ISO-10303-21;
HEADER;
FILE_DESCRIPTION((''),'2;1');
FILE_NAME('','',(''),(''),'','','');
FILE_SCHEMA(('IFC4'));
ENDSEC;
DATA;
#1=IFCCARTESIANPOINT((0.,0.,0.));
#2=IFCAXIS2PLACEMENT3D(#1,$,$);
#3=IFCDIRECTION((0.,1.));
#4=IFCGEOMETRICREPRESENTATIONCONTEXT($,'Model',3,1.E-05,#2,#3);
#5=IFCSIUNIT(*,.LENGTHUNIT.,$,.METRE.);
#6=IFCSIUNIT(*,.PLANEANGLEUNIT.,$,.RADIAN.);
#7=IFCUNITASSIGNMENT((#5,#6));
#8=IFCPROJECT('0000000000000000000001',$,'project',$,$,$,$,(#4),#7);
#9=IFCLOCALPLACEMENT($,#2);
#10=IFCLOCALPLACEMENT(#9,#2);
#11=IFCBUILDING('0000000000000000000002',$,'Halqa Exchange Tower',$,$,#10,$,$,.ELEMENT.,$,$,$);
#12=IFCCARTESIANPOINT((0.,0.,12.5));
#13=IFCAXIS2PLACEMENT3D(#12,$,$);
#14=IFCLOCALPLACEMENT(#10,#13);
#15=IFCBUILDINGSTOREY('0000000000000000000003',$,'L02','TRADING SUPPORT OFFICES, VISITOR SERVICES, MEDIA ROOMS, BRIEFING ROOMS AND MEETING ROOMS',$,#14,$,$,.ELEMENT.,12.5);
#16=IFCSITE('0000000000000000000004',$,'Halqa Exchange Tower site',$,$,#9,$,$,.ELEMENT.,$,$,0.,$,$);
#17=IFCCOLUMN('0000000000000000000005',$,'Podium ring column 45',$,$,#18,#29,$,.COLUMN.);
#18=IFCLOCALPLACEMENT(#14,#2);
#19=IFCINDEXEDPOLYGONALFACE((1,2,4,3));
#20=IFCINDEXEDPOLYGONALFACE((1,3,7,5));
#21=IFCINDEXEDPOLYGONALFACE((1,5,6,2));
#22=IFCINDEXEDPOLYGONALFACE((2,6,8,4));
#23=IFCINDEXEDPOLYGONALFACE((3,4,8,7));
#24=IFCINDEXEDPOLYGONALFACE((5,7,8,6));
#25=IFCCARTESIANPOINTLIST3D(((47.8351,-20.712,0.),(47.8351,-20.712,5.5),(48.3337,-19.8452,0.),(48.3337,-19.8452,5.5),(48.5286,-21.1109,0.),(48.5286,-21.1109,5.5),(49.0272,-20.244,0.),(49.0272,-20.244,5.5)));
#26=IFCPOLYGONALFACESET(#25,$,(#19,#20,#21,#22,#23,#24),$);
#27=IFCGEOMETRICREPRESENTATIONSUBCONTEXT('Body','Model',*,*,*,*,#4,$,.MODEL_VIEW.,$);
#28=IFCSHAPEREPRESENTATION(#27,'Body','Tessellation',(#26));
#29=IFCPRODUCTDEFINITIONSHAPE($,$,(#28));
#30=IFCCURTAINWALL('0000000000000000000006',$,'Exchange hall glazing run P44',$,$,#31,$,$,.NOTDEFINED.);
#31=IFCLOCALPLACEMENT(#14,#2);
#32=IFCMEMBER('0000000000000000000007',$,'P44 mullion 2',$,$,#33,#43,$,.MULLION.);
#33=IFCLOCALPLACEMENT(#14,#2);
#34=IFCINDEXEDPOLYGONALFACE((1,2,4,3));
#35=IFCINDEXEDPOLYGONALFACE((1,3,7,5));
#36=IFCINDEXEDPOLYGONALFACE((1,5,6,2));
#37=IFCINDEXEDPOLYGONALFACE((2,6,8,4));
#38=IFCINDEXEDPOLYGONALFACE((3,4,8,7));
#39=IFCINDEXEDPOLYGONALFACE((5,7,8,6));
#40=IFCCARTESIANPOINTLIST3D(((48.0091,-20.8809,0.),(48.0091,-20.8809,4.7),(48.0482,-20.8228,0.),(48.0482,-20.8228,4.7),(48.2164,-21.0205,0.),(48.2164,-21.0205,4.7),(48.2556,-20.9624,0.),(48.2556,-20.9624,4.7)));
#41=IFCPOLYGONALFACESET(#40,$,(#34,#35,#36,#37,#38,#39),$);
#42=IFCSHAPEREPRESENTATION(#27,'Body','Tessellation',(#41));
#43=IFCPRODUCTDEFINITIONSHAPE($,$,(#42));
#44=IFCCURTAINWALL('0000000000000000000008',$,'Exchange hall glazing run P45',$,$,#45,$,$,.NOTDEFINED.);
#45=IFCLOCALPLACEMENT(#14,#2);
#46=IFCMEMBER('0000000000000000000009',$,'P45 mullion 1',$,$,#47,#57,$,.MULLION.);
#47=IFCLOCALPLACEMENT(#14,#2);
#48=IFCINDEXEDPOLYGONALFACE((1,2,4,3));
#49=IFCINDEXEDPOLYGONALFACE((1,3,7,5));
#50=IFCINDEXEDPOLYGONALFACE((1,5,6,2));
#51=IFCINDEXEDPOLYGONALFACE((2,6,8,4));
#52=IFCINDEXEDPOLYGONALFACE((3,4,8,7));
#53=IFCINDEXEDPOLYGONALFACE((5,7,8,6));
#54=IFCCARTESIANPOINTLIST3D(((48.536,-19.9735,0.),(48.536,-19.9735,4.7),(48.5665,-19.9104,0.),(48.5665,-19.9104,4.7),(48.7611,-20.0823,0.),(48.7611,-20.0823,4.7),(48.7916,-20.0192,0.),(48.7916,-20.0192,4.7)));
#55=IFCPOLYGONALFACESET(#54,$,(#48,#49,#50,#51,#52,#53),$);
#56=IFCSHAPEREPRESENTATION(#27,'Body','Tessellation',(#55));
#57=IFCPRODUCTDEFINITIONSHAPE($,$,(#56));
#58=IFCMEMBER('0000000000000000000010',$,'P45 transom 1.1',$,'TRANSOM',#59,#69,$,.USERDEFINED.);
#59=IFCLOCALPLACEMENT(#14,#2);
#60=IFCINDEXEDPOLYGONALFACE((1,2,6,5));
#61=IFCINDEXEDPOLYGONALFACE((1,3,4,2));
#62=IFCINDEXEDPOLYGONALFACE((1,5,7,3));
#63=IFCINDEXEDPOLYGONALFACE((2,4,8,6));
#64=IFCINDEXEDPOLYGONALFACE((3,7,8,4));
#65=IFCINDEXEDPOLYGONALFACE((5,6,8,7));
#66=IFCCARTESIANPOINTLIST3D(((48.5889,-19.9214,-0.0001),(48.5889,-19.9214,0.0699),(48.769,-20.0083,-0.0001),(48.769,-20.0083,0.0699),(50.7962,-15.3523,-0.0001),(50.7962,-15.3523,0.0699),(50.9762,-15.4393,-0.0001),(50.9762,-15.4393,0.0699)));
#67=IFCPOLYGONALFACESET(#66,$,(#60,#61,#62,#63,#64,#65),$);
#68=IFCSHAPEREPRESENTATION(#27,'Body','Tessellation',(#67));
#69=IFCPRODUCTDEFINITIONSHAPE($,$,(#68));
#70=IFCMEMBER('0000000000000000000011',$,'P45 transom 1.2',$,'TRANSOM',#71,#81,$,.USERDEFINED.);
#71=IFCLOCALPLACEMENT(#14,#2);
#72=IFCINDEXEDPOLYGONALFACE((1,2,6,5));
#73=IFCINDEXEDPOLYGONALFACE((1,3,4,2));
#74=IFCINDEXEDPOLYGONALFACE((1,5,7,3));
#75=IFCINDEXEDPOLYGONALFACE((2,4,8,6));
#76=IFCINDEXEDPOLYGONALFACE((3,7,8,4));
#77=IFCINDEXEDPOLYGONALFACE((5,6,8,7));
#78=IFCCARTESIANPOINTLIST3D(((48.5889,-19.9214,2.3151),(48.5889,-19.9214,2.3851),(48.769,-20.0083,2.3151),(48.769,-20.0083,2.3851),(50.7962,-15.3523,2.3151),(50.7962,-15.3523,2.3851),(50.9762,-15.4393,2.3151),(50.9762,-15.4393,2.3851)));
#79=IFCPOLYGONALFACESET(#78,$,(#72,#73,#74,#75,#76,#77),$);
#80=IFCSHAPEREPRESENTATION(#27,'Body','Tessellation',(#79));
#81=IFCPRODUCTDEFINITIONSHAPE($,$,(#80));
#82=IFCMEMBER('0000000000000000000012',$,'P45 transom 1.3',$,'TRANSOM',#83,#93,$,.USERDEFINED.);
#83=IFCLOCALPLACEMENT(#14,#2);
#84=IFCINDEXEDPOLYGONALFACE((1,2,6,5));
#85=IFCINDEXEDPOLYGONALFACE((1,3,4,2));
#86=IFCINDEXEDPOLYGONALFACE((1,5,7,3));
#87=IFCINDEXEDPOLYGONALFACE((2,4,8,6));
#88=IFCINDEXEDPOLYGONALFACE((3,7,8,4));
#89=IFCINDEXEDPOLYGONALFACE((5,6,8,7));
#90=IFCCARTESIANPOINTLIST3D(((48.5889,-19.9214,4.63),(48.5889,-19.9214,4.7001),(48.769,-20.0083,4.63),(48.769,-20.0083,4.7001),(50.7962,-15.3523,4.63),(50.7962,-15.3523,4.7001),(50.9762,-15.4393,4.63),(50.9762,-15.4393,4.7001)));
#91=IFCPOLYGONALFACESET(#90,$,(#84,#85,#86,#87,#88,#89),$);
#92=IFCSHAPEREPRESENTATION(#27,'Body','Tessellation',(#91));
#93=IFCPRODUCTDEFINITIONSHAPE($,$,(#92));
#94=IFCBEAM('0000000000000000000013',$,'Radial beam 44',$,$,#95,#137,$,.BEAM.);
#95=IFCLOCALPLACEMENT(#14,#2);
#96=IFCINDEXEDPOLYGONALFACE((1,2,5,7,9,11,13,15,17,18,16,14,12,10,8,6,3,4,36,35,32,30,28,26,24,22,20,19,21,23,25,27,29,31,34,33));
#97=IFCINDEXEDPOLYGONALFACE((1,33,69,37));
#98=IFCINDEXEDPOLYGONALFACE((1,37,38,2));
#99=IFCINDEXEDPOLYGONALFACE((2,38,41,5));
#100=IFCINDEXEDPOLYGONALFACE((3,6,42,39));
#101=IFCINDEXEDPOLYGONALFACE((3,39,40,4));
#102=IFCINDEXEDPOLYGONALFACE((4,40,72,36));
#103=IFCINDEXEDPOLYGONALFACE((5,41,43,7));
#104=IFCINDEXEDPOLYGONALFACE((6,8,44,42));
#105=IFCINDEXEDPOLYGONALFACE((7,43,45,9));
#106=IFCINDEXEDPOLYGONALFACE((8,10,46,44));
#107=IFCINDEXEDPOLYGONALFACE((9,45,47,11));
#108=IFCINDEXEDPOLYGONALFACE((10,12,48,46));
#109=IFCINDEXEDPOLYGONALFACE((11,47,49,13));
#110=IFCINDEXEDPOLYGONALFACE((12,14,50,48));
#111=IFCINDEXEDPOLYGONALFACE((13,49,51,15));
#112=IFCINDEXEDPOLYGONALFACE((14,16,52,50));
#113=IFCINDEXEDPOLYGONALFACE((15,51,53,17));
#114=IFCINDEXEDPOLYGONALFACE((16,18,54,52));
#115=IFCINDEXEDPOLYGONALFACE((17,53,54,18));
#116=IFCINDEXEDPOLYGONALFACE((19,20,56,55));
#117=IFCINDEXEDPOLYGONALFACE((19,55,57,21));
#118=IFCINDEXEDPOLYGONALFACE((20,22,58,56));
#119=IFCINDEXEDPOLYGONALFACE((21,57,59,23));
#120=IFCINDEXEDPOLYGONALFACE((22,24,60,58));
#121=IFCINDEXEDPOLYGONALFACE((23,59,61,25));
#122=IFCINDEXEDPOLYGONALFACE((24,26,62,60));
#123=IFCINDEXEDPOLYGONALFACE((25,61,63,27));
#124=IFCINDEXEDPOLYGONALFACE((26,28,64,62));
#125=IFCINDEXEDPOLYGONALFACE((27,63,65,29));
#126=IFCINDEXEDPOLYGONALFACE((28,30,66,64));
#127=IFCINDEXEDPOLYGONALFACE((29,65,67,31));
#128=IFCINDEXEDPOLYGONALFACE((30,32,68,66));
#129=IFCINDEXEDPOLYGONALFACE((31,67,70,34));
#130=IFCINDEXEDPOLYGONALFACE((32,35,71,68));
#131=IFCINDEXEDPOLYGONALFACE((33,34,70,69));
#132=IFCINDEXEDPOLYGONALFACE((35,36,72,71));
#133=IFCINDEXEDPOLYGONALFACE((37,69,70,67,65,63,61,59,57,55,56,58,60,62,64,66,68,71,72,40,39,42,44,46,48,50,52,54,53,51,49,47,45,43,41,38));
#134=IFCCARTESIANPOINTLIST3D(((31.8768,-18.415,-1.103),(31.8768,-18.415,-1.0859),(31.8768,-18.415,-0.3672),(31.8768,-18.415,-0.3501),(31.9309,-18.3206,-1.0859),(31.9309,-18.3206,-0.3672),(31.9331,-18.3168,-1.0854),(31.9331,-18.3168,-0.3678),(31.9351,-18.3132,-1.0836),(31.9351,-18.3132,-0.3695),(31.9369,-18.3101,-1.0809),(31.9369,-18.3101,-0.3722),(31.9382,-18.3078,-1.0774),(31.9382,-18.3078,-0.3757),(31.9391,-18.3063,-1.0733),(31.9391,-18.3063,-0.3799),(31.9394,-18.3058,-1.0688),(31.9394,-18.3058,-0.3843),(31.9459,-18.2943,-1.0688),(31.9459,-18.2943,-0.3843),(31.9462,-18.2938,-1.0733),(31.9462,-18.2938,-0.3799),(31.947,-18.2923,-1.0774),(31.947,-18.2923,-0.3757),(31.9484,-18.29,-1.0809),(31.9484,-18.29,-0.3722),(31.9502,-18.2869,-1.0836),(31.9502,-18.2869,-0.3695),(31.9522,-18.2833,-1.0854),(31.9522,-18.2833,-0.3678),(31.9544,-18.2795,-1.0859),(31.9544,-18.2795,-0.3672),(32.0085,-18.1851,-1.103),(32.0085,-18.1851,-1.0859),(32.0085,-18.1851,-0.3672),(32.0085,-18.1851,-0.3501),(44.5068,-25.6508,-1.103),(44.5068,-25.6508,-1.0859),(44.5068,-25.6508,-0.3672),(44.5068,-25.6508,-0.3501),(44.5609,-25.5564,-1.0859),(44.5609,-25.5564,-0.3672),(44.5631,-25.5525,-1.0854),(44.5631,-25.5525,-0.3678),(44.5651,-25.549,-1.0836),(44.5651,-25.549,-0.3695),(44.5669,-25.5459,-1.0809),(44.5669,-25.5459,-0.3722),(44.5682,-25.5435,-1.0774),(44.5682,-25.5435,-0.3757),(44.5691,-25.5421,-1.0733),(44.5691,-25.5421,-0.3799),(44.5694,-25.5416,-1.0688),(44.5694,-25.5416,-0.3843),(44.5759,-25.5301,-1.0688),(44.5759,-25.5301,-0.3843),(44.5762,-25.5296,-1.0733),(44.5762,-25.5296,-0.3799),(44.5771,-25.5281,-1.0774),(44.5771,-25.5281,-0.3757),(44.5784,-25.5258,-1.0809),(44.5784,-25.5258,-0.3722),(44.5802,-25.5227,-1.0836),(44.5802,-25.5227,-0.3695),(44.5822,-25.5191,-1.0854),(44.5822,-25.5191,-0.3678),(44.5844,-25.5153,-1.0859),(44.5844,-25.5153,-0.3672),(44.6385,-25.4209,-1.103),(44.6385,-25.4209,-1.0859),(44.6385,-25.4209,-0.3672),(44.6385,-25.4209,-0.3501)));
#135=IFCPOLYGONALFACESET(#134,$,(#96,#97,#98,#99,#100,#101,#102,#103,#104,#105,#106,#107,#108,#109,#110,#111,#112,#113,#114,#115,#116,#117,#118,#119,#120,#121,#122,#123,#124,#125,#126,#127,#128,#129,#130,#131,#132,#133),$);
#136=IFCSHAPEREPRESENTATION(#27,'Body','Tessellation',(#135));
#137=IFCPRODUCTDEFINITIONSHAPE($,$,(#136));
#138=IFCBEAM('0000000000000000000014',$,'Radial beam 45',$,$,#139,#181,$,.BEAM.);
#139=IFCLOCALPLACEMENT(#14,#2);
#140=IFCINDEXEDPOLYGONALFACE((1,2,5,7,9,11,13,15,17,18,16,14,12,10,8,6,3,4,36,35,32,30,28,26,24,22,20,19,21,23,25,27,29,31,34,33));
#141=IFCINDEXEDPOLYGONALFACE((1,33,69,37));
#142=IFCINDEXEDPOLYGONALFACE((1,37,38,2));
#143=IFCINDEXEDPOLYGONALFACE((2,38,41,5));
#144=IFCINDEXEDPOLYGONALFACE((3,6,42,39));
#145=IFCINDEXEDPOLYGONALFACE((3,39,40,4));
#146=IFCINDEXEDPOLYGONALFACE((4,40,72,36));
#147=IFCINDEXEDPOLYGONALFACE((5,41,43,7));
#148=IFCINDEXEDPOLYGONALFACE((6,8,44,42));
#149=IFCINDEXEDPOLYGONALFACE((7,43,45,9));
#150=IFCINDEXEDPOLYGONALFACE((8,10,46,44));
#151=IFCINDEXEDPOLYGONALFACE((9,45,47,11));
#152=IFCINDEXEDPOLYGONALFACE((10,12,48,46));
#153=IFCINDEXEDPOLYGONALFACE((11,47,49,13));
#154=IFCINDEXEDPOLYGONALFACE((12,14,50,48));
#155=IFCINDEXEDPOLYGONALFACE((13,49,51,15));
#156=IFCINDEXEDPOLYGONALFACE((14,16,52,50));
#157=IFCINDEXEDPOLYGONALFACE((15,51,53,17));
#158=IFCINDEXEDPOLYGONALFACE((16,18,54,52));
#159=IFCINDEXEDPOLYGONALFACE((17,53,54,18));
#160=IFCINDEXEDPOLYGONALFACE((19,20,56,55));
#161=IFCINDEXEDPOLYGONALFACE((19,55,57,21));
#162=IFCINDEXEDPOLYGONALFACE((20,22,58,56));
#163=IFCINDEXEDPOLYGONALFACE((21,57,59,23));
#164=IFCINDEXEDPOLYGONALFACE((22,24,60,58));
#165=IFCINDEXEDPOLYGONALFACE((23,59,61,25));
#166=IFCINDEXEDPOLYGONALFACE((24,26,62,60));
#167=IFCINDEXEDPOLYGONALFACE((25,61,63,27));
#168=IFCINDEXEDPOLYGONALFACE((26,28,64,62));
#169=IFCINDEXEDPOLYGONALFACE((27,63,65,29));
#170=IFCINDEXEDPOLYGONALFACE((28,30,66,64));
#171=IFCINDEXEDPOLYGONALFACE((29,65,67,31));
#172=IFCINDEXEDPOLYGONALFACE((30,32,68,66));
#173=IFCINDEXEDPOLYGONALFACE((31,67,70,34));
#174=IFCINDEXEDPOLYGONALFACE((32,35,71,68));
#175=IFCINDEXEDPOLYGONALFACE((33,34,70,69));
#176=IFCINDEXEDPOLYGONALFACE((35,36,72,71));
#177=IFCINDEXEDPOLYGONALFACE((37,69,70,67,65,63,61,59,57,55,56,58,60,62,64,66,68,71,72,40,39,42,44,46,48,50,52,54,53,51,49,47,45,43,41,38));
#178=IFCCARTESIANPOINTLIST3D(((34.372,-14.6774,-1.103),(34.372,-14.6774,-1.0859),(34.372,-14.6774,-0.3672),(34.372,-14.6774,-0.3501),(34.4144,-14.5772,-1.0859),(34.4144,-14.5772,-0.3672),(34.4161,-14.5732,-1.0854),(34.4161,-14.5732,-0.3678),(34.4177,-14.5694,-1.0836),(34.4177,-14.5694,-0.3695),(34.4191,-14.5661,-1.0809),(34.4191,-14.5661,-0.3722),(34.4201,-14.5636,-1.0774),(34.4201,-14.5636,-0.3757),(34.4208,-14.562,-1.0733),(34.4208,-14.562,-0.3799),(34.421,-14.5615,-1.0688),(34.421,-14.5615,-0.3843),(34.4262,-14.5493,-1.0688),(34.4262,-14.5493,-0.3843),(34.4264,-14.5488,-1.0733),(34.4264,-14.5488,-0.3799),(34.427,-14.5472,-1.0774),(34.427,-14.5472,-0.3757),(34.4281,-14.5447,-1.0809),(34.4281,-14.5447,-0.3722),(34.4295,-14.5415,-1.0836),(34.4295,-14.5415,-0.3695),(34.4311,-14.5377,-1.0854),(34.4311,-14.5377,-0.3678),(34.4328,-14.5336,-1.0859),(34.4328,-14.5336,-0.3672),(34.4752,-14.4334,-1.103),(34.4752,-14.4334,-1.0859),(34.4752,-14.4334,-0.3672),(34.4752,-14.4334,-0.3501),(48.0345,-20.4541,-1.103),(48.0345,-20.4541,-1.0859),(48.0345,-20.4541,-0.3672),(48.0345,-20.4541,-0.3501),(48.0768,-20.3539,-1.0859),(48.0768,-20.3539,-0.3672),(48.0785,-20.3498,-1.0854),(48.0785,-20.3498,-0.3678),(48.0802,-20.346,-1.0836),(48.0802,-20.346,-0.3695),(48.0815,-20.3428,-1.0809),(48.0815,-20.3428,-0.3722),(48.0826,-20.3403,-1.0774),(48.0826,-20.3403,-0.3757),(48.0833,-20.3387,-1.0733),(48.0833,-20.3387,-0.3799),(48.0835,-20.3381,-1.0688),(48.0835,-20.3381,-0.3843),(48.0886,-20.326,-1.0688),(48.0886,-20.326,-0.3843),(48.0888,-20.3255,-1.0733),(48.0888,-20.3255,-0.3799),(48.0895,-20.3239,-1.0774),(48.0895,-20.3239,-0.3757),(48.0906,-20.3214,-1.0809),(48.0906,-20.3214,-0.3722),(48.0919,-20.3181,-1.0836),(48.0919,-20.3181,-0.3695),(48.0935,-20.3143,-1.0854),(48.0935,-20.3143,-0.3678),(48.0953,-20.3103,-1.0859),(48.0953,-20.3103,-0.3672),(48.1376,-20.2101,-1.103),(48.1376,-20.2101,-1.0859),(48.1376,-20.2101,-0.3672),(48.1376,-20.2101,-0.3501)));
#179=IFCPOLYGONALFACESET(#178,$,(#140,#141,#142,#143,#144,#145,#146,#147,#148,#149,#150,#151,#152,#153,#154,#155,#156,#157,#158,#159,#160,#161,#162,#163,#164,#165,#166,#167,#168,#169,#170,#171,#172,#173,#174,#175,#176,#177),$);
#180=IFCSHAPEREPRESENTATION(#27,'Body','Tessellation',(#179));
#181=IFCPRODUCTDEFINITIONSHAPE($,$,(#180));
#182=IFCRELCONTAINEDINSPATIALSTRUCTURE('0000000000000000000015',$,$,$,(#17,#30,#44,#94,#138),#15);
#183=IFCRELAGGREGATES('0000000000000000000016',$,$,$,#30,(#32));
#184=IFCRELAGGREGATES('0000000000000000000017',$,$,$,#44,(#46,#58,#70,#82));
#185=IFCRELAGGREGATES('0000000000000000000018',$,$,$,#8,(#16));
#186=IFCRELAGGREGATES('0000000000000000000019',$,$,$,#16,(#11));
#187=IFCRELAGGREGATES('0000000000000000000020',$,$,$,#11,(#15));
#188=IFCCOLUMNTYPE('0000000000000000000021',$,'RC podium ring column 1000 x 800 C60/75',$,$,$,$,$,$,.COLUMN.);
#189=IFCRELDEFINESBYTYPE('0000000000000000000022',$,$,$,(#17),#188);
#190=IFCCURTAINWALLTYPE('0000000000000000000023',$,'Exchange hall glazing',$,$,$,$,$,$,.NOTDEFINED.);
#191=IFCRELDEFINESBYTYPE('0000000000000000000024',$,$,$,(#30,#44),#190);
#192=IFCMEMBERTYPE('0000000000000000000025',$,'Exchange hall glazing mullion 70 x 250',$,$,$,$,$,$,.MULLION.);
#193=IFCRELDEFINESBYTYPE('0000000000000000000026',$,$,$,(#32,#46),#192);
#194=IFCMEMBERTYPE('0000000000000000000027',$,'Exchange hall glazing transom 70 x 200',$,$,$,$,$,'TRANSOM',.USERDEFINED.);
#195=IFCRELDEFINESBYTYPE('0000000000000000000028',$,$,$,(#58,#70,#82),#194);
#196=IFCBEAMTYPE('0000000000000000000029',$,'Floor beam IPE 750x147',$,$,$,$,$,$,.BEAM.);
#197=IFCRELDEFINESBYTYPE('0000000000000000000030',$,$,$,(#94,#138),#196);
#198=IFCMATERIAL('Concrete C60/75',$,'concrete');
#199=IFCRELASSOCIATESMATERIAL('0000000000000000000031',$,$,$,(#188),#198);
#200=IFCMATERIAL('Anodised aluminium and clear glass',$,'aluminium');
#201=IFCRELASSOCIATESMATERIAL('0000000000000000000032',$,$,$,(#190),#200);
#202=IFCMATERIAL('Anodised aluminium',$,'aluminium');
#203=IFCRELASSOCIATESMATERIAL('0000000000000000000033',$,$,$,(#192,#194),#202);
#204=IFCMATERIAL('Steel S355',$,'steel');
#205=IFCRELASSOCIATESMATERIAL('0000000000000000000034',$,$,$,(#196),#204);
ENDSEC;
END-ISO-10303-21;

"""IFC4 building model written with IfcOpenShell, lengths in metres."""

from ifc_helpers import new_model, si_unit, direction, frame, origin, origin_2d, place, context, subcontext, project, spatial, rectangle, i_section, extrude, material, material_profile, profile_set, type_object, element, aggregate, save


model = new_model("IFC4")

# Units and contexts
model_context = context("Model", 3, precision=1e-05, world=origin(), true_north=direction((0.0, 1.0)))
body_context = subcontext(model_context, "Body", "Model", "MODEL_VIEW")
ifc_project = project(units=[si_unit("LENGTHUNIT", "METRE"), si_unit("PLANEANGLEUNIT", "RADIAN")], contexts=[model_context])

# Site, building, storey
site_placement = place(None, origin())
site = spatial("IfcSite", under=ifc_project, at=site_placement, Name="Halqa Exchange Tower site", CompositionType="ELEMENT", RefElevation=0.0)
building_placement = place(site_placement, origin())
building = spatial("IfcBuilding", under=site, at=building_placement, Name="Halqa Exchange Tower", CompositionType="ELEMENT")
storey_placement = place(building_placement, frame((0.0, 0.0, 12.5)))
storey = spatial("IfcBuildingStorey", under=building, at=storey_placement, Name="L02", Description="TRADING SUPPORT OFFICES, VISITOR SERVICES, MEDIA ROOMS, BRIEFING ROOMS AND MEETING ROOMS", CompositionType="ELEMENT", Elevation=12.5)

# Column
ifc_material_1 = material(Name="Concrete C60/75", Category="concrete")
ifc_material_profile_1 = material_profile(ifc_material_1, rectangle(XDim=1.0, YDim=0.8, at=origin_2d()), Name="1000 x 800")
ifc_profile_set_1 = profile_set([ifc_material_profile_1], Name="Concrete C60/75")
column_type = type_object("IfcColumnType", Name="RC podium ring column 1000 x 800 C60/75", PredefinedType="COLUMN", material=ifc_profile_set_1)
column_placement = place(storey_placement, frame((48.4312, -20.478, 0.0), z_axis=(0.0, 0.0, 1.0), x_axis=(0.498569, 0.86685, 0.0)))
element("IfcColumn", 1, at=column_placement, inside=storey, type_object=column_type, Name="Podium ring column 45", PredefinedType="COLUMN", context=body_context, shape_type="SweptSolid", body=[
    extrude(rectangle(XDim=1.0, YDim=0.8, at=origin_2d()), origin(), (0.0, 0.0, 1.0), 5.5),
])

# Curtain wall, member
ifc_material_2 = material(Name="Anodised aluminium and clear glass", Category="aluminium")
curtain_wall_type = type_object("IfcCurtainWallType", Name="Exchange hall glazing", PredefinedType="NOTDEFINED", material=ifc_material_2)
curtain_wall_1_placement = place(storey_placement, origin())
curtain_wall_1 = element("IfcCurtainWall", 2, at=curtain_wall_1_placement, inside=storey, type_object=curtain_wall_type, Name="Exchange hall glazing run P44", PredefinedType="NOTDEFINED")
ifc_material_3 = material(Name="Anodised aluminium", Category="aluminium")
ifc_material_profile_2 = material_profile(ifc_material_3, rectangle(XDim=0.25, YDim=0.0701, at=origin_2d()), Name="AL 70x250")
ifc_profile_set_2 = profile_set([ifc_material_profile_2], Name="Anodised aluminium")
member_type_1 = type_object("IfcMemberType", Name="Exchange hall glazing mullion 70 x 250", PredefinedType="MULLION", material=ifc_profile_set_2)
member_1_placement = place(storey_placement, frame((48.1323, -20.9216, 0.0), z_axis=(0.0, 0.0, 1.0), x_axis=(-0.82949, 0.558522, 0.0)))
member_1 = element("IfcMember", 3, at=member_1_placement, type_object=member_type_1, Name="P44 mullion 2", PredefinedType="MULLION", context=body_context, shape_type="SweptSolid", body=[
    extrude(rectangle(XDim=0.25, YDim=0.0701, at=origin_2d()), origin(), (0.0, 0.0, 1.0), 4.7),
])
aggregate(curtain_wall_1, [member_1])

# Curtain wall, members
curtain_wall_2_placement = place(storey_placement, origin())
curtain_wall_2 = element("IfcCurtainWall", 4, at=curtain_wall_2_placement, inside=storey, type_object=curtain_wall_type, Name="Exchange hall glazing run P45", PredefinedType="NOTDEFINED")
member_2_placement = place(storey_placement, frame((48.6638, -19.9963, 0.0), z_axis=(0.0, 0.0, 1.0), x_axis=(-0.900435, 0.43499, 0.0)))
member_2 = element("IfcMember", 5, at=member_2_placement, type_object=member_type_1, Name="P45 mullion 1", PredefinedType="MULLION", context=body_context, shape_type="SweptSolid", body=[
    extrude(rectangle(XDim=0.25, YDim=0.0701, at=origin_2d()), origin(), (0.0, 0.0, 1.0), 4.7),
])
ifc_material_profile_3 = material_profile(ifc_material_3, rectangle(XDim=0.2, YDim=0.0701, at=origin_2d()), Name="AL 70x200")
ifc_profile_set_3 = profile_set([ifc_material_profile_3], Name="Anodised aluminium")
member_type_2 = type_object("IfcMemberType", Name="Exchange hall glazing transom 70 x 200", ElementType="TRANSOM", PredefinedType="USERDEFINED", material=ifc_profile_set_3)
member_3_placement = place(storey_placement, frame((48.679, -19.9648, 0.0349), z_axis=(0.43499, 0.900435, 0.0), x_axis=(-0.900435, 0.43499, 0.0)))
member_3 = element("IfcMember", 6, at=member_3_placement, type_object=member_type_2, Name="P45 transom 1.1", ObjectType="TRANSOM", PredefinedType="USERDEFINED", context=body_context, shape_type="SweptSolid", body=[
    extrude(rectangle(XDim=0.2, YDim=0.0701, at=origin_2d()), origin(), (0.0, 0.0, 1.0), 5.0742),
])
member_4_placement = place(storey_placement, frame((48.679, -19.9648, 2.3501), z_axis=(0.43499, 0.900435, 0.0), x_axis=(-0.900435, 0.43499, 0.0)))
member_4 = element("IfcMember", 7, at=member_4_placement, type_object=member_type_2, Name="P45 transom 1.2", ObjectType="TRANSOM", PredefinedType="USERDEFINED", context=body_context, shape_type="SweptSolid", body=[
    extrude(rectangle(XDim=0.2, YDim=0.0701, at=origin_2d()), origin(), (0.0, 0.0, 1.0), 5.0742),
])
member_5_placement = place(storey_placement, frame((48.679, -19.9648, 4.665), z_axis=(0.43499, 0.900435, 0.0), x_axis=(-0.900435, 0.43499, 0.0)))
member_5 = element("IfcMember", 8, at=member_5_placement, type_object=member_type_2, Name="P45 transom 1.3", ObjectType="TRANSOM", PredefinedType="USERDEFINED", context=body_context, shape_type="SweptSolid", body=[
    extrude(rectangle(XDim=0.2, YDim=0.0701, at=origin_2d()), origin(), (0.0, 0.0, 1.0), 5.0742),
])

# Beams
ifc_material_4 = material(Name="Steel S355", Category="steel")
ifc_material_profile_4 = material_profile(ifc_material_4, i_section(OverallWidth=0.2649, OverallDepth=0.7529, WebThickness=0.0132, FlangeThickness=0.0171, FilletRadius=0.0171, at=origin_2d()), Name="IPE 750x147")
ifc_profile_set_4 = profile_set([ifc_material_profile_4], Name="Steel S355")
beam_type_1 = type_object("IfcBeamType", Name="Floor beam IPE 750x147", PredefinedType="BEAM", material=ifc_profile_set_4)
beam_1_placement = place(storey_placement, frame((31.9426, -18.3, -0.7266), z_axis=(0.867691, -0.497103, 0.0), x_axis=(0.497103, 0.867691, 0.0)))
element("IfcBeam", 9, at=beam_1_placement, inside=storey, type_object=beam_type_1, Name="Radial beam 44", PredefinedType="BEAM", context=body_context, shape_type="SweptSolid", body=[
    extrude(i_section(OverallWidth=0.2649, OverallDepth=0.7529, WebThickness=0.0132, FlangeThickness=0.0171, FilletRadius=0.0171, at=origin_2d()), origin(), (0.0, 0.0, 1.0), 14.5559),
])
beam_2_placement = place(storey_placement, frame((34.4236, -14.5554, -0.7266), z_axis=(0.921055, -0.389433, 0.0), x_axis=(0.389433, 0.921055, 0.0)))
element("IfcBeam", 10, at=beam_2_placement, inside=storey, type_object=beam_type_1, Name="Radial beam 45", PredefinedType="BEAM", context=body_context, shape_type="SweptSolid", body=[
    extrude(i_section(OverallWidth=0.2649, OverallDepth=0.7529, WebThickness=0.0132, FlangeThickness=0.0171, FilletRadius=0.0171, at=origin_2d()), origin(), (0.0, 0.0, 1.0), 14.8335),
])

aggregate(curtain_wall_2, [member_2, member_3, member_4, member_5])

save(model, "model.ifc")
